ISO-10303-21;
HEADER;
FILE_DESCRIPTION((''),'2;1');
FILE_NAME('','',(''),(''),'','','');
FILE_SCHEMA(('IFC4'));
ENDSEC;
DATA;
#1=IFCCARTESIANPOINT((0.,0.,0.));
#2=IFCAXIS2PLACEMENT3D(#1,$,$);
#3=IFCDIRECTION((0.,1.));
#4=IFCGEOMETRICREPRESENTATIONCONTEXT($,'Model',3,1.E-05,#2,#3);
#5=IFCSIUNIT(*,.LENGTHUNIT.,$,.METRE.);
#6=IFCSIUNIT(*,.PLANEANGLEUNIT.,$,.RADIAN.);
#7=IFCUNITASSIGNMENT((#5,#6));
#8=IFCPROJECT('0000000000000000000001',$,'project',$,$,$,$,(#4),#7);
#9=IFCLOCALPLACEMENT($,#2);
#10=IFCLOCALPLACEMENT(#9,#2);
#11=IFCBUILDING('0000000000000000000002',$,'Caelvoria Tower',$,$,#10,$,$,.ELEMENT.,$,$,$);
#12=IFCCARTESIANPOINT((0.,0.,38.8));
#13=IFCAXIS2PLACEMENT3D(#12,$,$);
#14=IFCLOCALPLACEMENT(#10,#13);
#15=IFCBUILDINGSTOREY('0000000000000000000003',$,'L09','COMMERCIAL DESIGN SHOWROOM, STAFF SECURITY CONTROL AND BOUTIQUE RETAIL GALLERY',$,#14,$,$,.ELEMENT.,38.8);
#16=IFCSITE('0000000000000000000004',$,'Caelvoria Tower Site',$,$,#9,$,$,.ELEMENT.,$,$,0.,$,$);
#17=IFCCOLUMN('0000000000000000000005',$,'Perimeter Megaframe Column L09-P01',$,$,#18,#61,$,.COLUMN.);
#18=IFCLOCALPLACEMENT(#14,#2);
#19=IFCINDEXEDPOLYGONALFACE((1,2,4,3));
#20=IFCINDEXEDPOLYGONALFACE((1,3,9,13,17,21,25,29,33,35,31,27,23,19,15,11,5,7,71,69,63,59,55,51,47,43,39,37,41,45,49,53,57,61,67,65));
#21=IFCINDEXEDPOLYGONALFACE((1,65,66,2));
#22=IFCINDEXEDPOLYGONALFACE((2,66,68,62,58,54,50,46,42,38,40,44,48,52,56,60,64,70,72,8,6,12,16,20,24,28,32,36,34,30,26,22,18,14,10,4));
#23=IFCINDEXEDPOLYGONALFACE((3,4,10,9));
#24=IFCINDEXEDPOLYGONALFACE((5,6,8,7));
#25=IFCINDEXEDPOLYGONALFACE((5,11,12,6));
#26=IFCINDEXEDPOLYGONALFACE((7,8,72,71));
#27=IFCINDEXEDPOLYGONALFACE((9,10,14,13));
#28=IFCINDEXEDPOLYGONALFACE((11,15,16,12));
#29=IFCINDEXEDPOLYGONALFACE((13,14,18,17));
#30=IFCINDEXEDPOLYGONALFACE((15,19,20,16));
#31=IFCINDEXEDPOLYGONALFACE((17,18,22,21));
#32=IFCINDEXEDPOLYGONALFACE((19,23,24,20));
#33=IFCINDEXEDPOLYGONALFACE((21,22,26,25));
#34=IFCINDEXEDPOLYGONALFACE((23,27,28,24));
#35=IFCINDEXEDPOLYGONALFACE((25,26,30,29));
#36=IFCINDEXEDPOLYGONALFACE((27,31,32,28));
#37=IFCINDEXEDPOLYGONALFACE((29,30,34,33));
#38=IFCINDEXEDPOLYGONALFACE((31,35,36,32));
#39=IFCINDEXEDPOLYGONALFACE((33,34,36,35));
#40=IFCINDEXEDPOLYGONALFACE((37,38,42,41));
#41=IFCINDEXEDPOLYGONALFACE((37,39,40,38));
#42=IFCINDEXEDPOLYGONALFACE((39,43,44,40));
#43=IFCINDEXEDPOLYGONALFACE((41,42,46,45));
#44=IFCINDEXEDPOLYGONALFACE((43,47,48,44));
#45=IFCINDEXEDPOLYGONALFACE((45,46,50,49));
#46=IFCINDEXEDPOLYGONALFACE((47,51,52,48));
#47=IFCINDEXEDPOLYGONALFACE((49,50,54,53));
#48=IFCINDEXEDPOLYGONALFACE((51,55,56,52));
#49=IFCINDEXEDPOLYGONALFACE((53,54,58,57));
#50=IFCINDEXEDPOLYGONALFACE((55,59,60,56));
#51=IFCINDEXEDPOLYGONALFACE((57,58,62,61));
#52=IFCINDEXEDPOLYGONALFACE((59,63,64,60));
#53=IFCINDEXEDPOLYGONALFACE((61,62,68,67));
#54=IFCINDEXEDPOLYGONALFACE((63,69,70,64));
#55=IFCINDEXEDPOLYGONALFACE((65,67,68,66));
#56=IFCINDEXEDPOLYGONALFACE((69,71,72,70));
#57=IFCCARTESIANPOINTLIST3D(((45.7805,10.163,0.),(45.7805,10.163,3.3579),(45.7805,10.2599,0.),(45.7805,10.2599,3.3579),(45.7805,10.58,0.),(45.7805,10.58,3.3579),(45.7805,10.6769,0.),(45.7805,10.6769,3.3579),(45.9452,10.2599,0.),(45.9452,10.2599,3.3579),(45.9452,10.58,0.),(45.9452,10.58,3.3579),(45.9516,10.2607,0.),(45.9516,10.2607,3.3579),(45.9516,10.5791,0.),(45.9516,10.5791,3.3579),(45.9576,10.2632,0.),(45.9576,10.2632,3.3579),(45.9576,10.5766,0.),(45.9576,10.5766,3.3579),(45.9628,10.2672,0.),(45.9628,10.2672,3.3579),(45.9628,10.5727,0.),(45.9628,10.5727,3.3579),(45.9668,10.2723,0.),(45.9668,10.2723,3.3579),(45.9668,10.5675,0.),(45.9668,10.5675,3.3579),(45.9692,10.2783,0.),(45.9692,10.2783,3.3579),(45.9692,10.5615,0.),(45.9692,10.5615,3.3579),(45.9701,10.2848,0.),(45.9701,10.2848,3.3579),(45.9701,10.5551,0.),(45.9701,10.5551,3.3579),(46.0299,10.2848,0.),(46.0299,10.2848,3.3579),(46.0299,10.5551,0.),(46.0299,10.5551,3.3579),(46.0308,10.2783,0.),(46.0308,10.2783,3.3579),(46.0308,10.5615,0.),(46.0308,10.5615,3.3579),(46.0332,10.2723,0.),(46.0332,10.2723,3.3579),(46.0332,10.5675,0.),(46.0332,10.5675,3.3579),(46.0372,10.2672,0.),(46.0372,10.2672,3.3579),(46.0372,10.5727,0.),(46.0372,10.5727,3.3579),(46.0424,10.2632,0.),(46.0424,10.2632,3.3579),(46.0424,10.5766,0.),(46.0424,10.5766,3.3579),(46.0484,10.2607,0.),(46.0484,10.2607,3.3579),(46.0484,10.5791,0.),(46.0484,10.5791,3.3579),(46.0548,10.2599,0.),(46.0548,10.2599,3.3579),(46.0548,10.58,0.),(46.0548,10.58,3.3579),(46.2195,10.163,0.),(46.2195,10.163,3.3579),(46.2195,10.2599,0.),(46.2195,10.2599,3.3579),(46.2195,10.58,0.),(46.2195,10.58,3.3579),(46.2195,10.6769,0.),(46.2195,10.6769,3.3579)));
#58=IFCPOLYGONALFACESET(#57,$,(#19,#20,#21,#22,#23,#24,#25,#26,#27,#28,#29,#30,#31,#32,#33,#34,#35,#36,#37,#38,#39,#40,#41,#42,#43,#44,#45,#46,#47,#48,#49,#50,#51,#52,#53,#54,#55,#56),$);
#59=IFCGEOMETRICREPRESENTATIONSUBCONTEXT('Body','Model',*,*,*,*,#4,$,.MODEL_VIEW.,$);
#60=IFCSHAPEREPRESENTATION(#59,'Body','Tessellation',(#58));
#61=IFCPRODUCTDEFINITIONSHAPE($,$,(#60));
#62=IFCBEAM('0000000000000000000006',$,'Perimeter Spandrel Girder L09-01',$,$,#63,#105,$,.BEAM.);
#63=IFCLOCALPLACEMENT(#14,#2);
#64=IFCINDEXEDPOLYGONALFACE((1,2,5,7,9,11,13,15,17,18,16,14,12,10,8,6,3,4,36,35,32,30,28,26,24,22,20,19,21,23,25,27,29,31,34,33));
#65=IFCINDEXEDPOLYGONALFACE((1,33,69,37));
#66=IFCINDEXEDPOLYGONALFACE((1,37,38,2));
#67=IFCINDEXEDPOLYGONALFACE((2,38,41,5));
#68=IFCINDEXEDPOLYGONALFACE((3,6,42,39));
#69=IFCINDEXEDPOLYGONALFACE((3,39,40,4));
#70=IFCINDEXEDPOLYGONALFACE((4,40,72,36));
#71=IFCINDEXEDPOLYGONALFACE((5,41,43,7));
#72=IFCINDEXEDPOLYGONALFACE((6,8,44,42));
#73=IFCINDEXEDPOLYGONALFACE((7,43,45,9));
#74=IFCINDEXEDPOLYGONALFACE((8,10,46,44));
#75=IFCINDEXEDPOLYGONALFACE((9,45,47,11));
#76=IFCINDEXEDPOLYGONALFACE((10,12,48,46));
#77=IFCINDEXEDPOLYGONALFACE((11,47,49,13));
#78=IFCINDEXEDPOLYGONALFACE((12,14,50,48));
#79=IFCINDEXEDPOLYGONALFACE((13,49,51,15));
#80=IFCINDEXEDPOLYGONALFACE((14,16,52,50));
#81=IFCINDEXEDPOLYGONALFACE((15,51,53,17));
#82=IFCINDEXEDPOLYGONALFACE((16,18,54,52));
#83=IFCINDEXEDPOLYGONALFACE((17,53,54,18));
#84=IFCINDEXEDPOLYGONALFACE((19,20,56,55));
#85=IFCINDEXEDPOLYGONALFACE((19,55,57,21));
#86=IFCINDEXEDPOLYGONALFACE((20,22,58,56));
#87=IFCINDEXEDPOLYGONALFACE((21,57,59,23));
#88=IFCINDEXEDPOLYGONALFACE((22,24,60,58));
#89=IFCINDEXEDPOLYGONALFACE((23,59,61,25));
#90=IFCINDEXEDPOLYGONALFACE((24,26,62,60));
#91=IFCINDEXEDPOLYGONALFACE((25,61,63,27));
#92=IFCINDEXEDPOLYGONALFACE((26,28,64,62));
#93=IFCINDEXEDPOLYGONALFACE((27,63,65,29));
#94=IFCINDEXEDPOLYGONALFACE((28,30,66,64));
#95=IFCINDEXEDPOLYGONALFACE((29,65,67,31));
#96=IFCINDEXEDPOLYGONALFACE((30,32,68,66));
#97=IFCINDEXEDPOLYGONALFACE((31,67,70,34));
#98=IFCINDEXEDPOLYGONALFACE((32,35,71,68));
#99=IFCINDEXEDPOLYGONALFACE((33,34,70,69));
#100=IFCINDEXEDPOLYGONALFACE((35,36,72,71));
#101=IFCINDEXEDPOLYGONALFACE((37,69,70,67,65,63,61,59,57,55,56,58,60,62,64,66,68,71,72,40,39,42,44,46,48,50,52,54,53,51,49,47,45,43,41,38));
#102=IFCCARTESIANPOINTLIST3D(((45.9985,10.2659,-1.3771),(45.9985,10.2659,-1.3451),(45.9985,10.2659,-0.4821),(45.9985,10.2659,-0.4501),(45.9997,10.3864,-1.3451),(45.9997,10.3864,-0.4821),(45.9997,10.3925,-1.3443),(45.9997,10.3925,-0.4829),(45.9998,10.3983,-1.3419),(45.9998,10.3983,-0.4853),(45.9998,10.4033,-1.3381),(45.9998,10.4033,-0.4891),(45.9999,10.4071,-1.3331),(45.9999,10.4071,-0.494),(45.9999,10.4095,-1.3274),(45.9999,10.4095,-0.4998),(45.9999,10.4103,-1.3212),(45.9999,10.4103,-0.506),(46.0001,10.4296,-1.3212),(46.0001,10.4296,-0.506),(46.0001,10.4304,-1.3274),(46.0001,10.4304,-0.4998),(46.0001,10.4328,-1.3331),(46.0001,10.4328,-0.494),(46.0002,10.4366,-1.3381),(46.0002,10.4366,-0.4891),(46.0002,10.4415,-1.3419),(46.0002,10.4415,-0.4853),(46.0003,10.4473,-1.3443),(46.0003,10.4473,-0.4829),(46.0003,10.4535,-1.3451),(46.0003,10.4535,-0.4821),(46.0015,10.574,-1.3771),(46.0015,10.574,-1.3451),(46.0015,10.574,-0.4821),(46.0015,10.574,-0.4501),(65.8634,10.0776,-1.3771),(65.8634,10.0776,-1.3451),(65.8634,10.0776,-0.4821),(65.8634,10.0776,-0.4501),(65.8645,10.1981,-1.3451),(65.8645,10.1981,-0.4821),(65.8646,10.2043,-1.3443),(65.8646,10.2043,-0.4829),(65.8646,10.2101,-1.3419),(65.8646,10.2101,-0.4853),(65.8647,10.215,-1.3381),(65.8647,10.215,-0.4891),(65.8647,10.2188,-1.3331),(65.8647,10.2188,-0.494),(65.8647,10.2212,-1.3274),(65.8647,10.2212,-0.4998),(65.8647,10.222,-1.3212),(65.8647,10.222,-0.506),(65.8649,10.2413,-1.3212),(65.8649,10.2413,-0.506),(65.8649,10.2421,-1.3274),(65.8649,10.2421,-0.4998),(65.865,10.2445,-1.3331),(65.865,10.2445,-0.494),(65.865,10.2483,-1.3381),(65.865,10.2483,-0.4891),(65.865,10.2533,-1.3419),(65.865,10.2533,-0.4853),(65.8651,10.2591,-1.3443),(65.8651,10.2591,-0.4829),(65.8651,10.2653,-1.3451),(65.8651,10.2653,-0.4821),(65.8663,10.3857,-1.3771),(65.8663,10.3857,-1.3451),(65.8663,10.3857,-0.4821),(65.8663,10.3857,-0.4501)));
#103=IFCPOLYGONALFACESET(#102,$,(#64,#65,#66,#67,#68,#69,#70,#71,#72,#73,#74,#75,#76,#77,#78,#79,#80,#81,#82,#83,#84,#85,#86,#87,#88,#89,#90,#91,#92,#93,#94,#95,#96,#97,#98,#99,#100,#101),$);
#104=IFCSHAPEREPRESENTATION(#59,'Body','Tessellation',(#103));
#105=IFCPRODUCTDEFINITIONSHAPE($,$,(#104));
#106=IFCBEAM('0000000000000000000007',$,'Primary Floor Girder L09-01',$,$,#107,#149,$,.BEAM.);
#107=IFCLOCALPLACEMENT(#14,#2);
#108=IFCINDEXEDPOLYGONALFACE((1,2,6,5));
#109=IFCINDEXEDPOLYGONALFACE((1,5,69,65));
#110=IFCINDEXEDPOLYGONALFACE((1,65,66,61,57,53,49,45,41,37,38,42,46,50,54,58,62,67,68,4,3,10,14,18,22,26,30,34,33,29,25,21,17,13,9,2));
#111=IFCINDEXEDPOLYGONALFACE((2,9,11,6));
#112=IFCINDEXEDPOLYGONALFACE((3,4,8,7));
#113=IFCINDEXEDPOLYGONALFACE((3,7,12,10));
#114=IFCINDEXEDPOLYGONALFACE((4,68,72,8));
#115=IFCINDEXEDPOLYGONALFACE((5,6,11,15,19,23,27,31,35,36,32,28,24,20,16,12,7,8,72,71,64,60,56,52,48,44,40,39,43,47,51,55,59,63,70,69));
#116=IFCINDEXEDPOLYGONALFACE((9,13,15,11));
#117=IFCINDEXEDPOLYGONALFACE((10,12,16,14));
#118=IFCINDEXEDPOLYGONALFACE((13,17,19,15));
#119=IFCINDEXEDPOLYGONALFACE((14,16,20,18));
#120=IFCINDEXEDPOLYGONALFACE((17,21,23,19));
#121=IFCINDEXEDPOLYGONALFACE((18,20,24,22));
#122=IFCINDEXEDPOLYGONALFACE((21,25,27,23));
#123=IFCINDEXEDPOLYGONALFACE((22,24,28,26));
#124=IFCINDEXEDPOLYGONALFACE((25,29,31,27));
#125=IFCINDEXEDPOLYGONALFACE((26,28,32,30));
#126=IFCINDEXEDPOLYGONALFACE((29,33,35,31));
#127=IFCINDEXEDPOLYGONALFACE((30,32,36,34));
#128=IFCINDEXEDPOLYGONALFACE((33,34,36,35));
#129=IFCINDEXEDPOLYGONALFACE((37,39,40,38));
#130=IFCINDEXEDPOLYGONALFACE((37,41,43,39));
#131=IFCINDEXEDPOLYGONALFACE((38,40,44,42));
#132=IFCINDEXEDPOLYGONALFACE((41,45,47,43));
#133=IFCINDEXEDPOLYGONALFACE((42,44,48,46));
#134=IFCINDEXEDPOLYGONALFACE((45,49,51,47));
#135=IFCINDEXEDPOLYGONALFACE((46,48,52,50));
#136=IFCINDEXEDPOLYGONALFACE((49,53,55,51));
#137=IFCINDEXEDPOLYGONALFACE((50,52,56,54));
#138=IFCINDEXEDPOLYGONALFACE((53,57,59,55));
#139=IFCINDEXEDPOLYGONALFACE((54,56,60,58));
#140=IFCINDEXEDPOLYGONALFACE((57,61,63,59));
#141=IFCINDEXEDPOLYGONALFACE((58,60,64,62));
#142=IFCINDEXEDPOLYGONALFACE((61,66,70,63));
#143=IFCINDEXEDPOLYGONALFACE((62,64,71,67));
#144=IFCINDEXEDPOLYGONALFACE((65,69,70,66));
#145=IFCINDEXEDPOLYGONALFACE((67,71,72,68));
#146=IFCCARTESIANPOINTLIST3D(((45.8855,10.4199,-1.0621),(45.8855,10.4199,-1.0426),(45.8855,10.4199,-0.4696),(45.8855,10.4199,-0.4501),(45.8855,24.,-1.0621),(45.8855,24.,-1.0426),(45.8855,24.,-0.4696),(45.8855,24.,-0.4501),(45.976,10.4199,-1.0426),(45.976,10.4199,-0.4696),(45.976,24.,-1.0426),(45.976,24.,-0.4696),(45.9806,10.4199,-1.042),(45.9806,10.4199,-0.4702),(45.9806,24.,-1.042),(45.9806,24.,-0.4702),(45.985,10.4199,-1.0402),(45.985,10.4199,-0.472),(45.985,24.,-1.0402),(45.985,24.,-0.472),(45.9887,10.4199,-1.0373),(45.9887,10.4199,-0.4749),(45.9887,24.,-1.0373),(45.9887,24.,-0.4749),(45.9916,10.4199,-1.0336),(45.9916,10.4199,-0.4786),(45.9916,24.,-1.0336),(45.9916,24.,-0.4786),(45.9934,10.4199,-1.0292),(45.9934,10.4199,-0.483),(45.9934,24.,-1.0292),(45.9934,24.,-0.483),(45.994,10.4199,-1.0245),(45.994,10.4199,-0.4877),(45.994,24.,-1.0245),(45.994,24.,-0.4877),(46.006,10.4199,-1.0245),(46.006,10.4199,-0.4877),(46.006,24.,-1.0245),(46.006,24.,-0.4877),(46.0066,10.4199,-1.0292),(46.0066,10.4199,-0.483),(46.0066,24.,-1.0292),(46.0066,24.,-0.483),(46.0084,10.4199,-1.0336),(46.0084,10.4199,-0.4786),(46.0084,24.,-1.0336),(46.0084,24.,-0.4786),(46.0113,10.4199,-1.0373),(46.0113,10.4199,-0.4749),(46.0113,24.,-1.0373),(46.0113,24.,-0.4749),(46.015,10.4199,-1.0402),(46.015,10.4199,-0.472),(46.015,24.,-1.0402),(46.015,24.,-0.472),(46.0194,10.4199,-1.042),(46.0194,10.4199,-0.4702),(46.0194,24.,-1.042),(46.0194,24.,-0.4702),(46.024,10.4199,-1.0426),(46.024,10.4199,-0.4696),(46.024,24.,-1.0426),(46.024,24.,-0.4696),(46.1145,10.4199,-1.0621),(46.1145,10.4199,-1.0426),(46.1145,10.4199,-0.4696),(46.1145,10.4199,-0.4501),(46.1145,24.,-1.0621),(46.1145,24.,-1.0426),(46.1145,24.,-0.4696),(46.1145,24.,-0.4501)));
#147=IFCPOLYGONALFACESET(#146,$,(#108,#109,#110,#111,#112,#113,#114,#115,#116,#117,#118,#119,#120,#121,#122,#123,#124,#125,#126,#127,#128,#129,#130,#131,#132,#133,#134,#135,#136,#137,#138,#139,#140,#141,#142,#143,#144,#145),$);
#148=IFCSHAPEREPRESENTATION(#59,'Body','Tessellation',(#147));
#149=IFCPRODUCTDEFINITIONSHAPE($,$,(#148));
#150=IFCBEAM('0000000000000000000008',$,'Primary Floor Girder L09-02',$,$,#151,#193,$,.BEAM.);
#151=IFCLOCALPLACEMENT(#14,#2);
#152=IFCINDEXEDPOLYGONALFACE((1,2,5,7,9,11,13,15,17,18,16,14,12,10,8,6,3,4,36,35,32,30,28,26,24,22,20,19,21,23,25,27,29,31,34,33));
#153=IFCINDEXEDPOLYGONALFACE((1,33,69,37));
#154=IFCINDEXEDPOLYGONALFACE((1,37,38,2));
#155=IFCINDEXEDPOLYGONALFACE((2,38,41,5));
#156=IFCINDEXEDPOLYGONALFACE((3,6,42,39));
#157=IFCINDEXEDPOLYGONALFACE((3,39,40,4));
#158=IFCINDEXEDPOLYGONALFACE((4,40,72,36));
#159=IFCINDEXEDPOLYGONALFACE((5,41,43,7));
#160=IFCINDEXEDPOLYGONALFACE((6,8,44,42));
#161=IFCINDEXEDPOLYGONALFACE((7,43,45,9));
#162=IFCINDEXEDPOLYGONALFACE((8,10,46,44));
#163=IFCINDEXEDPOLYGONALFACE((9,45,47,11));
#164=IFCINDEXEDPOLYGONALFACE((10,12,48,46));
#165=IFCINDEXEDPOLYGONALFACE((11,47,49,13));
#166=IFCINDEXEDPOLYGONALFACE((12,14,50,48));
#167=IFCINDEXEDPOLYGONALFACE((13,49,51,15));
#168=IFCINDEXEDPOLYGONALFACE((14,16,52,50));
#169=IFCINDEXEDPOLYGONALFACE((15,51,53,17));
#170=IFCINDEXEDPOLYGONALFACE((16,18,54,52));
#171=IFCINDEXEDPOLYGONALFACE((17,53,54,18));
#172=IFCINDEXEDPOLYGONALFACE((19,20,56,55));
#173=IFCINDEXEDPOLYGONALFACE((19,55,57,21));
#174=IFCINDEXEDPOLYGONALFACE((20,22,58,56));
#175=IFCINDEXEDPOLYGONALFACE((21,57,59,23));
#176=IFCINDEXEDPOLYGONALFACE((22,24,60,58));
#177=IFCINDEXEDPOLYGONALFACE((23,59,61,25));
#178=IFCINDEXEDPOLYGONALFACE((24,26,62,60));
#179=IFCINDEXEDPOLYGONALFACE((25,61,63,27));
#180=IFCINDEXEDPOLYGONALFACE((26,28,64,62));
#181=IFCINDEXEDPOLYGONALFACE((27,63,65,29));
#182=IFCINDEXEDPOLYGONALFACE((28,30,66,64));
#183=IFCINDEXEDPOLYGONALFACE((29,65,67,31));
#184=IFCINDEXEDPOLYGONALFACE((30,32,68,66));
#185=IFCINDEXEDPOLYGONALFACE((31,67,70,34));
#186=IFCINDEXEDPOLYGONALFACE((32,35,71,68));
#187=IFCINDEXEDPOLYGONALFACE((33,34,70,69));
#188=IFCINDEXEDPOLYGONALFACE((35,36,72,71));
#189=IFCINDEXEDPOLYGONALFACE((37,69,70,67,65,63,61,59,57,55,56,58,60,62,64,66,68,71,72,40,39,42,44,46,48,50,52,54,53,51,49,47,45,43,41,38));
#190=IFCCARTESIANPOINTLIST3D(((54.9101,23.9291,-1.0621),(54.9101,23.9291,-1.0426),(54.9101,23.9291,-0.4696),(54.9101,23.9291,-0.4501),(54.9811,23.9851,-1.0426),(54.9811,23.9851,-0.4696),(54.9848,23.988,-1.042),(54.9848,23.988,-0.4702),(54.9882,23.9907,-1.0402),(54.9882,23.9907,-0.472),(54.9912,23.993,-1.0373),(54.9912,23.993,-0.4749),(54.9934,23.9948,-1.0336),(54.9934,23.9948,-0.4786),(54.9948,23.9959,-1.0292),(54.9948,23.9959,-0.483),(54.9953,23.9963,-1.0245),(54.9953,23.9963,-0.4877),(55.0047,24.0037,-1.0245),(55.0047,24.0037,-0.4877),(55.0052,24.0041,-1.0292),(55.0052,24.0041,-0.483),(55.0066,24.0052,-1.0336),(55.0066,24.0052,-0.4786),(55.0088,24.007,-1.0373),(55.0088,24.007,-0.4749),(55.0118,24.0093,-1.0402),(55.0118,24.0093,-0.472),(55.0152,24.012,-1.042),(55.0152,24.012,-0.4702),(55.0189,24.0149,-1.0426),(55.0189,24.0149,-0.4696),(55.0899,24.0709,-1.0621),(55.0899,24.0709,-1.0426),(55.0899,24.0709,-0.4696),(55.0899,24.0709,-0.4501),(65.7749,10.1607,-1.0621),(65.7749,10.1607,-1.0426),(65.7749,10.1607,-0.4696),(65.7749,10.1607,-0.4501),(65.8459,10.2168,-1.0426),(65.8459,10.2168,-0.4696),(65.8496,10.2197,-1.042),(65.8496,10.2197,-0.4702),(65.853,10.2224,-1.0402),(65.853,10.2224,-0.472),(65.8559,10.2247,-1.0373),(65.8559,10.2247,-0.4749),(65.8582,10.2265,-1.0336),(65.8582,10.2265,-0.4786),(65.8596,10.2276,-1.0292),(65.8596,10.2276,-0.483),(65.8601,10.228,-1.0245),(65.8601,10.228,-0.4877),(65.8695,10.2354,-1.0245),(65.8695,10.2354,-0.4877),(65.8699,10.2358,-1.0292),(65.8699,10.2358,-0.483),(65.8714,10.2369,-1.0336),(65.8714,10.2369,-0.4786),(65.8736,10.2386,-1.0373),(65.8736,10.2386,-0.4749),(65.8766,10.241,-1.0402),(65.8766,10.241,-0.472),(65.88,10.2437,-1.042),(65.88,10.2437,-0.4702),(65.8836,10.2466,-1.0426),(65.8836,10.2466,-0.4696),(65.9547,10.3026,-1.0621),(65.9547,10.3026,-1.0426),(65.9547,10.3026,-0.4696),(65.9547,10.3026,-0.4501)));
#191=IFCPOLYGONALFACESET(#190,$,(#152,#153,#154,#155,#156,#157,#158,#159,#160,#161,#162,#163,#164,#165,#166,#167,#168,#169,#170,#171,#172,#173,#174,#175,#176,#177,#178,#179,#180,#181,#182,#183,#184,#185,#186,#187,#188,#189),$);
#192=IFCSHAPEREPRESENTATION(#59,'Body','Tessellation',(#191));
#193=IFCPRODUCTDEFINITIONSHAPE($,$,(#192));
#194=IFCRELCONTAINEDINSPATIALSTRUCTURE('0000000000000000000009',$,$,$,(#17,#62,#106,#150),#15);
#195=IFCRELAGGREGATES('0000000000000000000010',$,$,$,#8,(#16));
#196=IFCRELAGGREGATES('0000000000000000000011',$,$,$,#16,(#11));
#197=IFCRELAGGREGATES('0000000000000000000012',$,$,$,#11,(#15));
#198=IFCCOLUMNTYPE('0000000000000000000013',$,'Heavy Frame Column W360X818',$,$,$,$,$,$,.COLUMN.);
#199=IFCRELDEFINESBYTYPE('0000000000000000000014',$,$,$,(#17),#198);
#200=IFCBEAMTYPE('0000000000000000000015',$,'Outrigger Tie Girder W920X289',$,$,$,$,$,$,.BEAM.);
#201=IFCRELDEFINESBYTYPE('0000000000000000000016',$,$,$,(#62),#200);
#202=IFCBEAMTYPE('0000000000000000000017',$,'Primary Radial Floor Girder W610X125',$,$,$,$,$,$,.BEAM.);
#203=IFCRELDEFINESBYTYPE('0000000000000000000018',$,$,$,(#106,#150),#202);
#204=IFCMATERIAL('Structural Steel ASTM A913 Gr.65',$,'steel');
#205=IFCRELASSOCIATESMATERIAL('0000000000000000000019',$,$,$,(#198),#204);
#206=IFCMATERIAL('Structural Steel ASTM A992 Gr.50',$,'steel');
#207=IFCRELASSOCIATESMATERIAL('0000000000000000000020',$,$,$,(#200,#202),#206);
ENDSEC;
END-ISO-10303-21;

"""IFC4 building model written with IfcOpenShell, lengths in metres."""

from ifc_helpers import new_model, si_unit, direction, frame, origin, origin_2d, place, context, subcontext, project, spatial, i_section, extrude, material, material_profile, profile_set, type_object, element, save


model = new_model("IFC4")

# Units and contexts
model_context = context("Model", 3, precision=1e-05, world=origin(), true_north=direction((0.0, 1.0)))
body_context = subcontext(model_context, "Body", "Model", "MODEL_VIEW")
ifc_project = project(units=[si_unit("LENGTHUNIT", "METRE"), si_unit("PLANEANGLEUNIT", "RADIAN")], contexts=[model_context])

# Site, building, storey
site_placement = place(None, origin())
site = spatial("IfcSite", under=ifc_project, at=site_placement, Name="Caelvoria Tower Site", CompositionType="ELEMENT", RefElevation=0.0)
building_placement = place(site_placement, origin())
building = spatial("IfcBuilding", under=site, at=building_placement, Name="Caelvoria Tower", CompositionType="ELEMENT")
storey_placement = place(building_placement, frame((0.0, 0.0, 38.8)))
storey = spatial("IfcBuildingStorey", under=building, at=storey_placement, Name="L09", Description="COMMERCIAL DESIGN SHOWROOM, STAFF SECURITY CONTROL AND BOUTIQUE RETAIL GALLERY", CompositionType="ELEMENT", Elevation=38.8)

# Column
ifc_material_1 = material(Name="Structural Steel ASTM A913 Gr.65", Category="steel")
ifc_material_profile_1 = material_profile(ifc_material_1, i_section(OverallWidth=0.439, OverallDepth=0.5139, WebThickness=0.0598, FlangeThickness=0.0969, FilletRadius=0.0249, at=origin_2d()), Name="Structural Steel ASTM A913 Gr.65")
ifc_profile_set_1 = profile_set([ifc_material_profile_1], Name="W360X818 - Structural Steel ASTM A913 Gr.65")
column_type = type_object("IfcColumnType", Name="Heavy Frame Column W360X818", PredefinedType="COLUMN", material=ifc_profile_set_1)
column_placement = place(storey_placement, frame((46.0, 10.4199, 0.0), z_axis=(0.0, 0.0, 1.0), x_axis=(1.0, 0.0, 0.0)))
element("IfcColumn", 1, at=column_placement, inside=storey, type_object=column_type, Name="Perimeter Megaframe Column L09-P01", PredefinedType="COLUMN", context=body_context, shape_type="SweptSolid", body=[
    extrude(i_section(OverallWidth=0.439, OverallDepth=0.5139, WebThickness=0.0598, FlangeThickness=0.0969, FilletRadius=0.0249, at=origin_2d()), origin(), (0.0, 0.0, 1.0), 3.3579),
])

# Beams
ifc_material_2 = material(Name="Structural Steel ASTM A992 Gr.50", Category="steel")
ifc_material_profile_2 = material_profile(ifc_material_2, i_section(OverallWidth=0.3081, OverallDepth=0.927, WebThickness=0.0193, FlangeThickness=0.032, FilletRadius=0.0239, at=origin_2d()), Name="Structural Steel ASTM A992 Gr.50")
ifc_profile_set_2 = profile_set([ifc_material_profile_2], Name="W920X289 - Structural Steel ASTM A992 Gr.50")
beam_type_1 = type_object("IfcBeamType", Name="Outrigger Tie Girder W920X289", PredefinedType="BEAM", material=ifc_profile_set_2)
beam_1_placement = place(storey_placement, frame((46.0, 10.4199, -0.9136), z_axis=(0.999955, -0.009475, 0.0), x_axis=(0.009475, 0.999955, 0.0)))
element("IfcBeam", 2, at=beam_1_placement, inside=storey, type_object=beam_type_1, Name="Perimeter Spandrel Girder L09-01", PredefinedType="BEAM", context=body_context, shape_type="SweptSolid", body=[
    extrude(i_section(OverallWidth=0.3081, OverallDepth=0.927, WebThickness=0.0193, FlangeThickness=0.032, FilletRadius=0.0239, at=origin_2d()), origin(), (0.0, 0.0, 1.0), 19.8657),
])
ifc_material_profile_3 = material_profile(ifc_material_2, i_section(OverallWidth=0.229, OverallDepth=0.6121, WebThickness=0.012, FlangeThickness=0.0195, FilletRadius=0.0181, at=origin_2d()), Name="Structural Steel ASTM A992 Gr.50")
ifc_profile_set_3 = profile_set([ifc_material_profile_3], Name="W610X125 - Structural Steel ASTM A992 Gr.50")
beam_type_2 = type_object("IfcBeamType", Name="Primary Radial Floor Girder W610X125", PredefinedType="BEAM", material=ifc_profile_set_3)
beam_2_placement = place(storey_placement, frame((46.0, 24.0, -0.7561), z_axis=(0.0, -1.0, 0.0), x_axis=(1.0, 0.0, 0.0)))
element("IfcBeam", 3, at=beam_2_placement, inside=storey, type_object=beam_type_2, Name="Primary Floor Girder L09-01", PredefinedType="BEAM", context=body_context, shape_type="SweptSolid", body=[
    extrude(i_section(OverallWidth=0.229, OverallDepth=0.6121, WebThickness=0.012, FlangeThickness=0.0195, FilletRadius=0.0181, at=origin_2d()), origin(), (0.0, 0.0, 1.0), 13.5801),
])
beam_3_placement = place(storey_placement, frame((55.0, 24.0, -0.7561), z_axis=(0.61947, -0.785021, 0.0), x_axis=(0.785021, 0.61947, 0.0)))
element("IfcBeam", 4, at=beam_3_placement, inside=storey, type_object=beam_type_2, Name="Primary Floor Girder L09-02", PredefinedType="BEAM", context=body_context, shape_type="SweptSolid", body=[
    extrude(i_section(OverallWidth=0.229, OverallDepth=0.6121, WebThickness=0.012, FlangeThickness=0.0195, FilletRadius=0.0181, at=origin_2d()), origin(), (0.0, 0.0, 1.0), 17.5388),
])

save(model, "model.ifc")
